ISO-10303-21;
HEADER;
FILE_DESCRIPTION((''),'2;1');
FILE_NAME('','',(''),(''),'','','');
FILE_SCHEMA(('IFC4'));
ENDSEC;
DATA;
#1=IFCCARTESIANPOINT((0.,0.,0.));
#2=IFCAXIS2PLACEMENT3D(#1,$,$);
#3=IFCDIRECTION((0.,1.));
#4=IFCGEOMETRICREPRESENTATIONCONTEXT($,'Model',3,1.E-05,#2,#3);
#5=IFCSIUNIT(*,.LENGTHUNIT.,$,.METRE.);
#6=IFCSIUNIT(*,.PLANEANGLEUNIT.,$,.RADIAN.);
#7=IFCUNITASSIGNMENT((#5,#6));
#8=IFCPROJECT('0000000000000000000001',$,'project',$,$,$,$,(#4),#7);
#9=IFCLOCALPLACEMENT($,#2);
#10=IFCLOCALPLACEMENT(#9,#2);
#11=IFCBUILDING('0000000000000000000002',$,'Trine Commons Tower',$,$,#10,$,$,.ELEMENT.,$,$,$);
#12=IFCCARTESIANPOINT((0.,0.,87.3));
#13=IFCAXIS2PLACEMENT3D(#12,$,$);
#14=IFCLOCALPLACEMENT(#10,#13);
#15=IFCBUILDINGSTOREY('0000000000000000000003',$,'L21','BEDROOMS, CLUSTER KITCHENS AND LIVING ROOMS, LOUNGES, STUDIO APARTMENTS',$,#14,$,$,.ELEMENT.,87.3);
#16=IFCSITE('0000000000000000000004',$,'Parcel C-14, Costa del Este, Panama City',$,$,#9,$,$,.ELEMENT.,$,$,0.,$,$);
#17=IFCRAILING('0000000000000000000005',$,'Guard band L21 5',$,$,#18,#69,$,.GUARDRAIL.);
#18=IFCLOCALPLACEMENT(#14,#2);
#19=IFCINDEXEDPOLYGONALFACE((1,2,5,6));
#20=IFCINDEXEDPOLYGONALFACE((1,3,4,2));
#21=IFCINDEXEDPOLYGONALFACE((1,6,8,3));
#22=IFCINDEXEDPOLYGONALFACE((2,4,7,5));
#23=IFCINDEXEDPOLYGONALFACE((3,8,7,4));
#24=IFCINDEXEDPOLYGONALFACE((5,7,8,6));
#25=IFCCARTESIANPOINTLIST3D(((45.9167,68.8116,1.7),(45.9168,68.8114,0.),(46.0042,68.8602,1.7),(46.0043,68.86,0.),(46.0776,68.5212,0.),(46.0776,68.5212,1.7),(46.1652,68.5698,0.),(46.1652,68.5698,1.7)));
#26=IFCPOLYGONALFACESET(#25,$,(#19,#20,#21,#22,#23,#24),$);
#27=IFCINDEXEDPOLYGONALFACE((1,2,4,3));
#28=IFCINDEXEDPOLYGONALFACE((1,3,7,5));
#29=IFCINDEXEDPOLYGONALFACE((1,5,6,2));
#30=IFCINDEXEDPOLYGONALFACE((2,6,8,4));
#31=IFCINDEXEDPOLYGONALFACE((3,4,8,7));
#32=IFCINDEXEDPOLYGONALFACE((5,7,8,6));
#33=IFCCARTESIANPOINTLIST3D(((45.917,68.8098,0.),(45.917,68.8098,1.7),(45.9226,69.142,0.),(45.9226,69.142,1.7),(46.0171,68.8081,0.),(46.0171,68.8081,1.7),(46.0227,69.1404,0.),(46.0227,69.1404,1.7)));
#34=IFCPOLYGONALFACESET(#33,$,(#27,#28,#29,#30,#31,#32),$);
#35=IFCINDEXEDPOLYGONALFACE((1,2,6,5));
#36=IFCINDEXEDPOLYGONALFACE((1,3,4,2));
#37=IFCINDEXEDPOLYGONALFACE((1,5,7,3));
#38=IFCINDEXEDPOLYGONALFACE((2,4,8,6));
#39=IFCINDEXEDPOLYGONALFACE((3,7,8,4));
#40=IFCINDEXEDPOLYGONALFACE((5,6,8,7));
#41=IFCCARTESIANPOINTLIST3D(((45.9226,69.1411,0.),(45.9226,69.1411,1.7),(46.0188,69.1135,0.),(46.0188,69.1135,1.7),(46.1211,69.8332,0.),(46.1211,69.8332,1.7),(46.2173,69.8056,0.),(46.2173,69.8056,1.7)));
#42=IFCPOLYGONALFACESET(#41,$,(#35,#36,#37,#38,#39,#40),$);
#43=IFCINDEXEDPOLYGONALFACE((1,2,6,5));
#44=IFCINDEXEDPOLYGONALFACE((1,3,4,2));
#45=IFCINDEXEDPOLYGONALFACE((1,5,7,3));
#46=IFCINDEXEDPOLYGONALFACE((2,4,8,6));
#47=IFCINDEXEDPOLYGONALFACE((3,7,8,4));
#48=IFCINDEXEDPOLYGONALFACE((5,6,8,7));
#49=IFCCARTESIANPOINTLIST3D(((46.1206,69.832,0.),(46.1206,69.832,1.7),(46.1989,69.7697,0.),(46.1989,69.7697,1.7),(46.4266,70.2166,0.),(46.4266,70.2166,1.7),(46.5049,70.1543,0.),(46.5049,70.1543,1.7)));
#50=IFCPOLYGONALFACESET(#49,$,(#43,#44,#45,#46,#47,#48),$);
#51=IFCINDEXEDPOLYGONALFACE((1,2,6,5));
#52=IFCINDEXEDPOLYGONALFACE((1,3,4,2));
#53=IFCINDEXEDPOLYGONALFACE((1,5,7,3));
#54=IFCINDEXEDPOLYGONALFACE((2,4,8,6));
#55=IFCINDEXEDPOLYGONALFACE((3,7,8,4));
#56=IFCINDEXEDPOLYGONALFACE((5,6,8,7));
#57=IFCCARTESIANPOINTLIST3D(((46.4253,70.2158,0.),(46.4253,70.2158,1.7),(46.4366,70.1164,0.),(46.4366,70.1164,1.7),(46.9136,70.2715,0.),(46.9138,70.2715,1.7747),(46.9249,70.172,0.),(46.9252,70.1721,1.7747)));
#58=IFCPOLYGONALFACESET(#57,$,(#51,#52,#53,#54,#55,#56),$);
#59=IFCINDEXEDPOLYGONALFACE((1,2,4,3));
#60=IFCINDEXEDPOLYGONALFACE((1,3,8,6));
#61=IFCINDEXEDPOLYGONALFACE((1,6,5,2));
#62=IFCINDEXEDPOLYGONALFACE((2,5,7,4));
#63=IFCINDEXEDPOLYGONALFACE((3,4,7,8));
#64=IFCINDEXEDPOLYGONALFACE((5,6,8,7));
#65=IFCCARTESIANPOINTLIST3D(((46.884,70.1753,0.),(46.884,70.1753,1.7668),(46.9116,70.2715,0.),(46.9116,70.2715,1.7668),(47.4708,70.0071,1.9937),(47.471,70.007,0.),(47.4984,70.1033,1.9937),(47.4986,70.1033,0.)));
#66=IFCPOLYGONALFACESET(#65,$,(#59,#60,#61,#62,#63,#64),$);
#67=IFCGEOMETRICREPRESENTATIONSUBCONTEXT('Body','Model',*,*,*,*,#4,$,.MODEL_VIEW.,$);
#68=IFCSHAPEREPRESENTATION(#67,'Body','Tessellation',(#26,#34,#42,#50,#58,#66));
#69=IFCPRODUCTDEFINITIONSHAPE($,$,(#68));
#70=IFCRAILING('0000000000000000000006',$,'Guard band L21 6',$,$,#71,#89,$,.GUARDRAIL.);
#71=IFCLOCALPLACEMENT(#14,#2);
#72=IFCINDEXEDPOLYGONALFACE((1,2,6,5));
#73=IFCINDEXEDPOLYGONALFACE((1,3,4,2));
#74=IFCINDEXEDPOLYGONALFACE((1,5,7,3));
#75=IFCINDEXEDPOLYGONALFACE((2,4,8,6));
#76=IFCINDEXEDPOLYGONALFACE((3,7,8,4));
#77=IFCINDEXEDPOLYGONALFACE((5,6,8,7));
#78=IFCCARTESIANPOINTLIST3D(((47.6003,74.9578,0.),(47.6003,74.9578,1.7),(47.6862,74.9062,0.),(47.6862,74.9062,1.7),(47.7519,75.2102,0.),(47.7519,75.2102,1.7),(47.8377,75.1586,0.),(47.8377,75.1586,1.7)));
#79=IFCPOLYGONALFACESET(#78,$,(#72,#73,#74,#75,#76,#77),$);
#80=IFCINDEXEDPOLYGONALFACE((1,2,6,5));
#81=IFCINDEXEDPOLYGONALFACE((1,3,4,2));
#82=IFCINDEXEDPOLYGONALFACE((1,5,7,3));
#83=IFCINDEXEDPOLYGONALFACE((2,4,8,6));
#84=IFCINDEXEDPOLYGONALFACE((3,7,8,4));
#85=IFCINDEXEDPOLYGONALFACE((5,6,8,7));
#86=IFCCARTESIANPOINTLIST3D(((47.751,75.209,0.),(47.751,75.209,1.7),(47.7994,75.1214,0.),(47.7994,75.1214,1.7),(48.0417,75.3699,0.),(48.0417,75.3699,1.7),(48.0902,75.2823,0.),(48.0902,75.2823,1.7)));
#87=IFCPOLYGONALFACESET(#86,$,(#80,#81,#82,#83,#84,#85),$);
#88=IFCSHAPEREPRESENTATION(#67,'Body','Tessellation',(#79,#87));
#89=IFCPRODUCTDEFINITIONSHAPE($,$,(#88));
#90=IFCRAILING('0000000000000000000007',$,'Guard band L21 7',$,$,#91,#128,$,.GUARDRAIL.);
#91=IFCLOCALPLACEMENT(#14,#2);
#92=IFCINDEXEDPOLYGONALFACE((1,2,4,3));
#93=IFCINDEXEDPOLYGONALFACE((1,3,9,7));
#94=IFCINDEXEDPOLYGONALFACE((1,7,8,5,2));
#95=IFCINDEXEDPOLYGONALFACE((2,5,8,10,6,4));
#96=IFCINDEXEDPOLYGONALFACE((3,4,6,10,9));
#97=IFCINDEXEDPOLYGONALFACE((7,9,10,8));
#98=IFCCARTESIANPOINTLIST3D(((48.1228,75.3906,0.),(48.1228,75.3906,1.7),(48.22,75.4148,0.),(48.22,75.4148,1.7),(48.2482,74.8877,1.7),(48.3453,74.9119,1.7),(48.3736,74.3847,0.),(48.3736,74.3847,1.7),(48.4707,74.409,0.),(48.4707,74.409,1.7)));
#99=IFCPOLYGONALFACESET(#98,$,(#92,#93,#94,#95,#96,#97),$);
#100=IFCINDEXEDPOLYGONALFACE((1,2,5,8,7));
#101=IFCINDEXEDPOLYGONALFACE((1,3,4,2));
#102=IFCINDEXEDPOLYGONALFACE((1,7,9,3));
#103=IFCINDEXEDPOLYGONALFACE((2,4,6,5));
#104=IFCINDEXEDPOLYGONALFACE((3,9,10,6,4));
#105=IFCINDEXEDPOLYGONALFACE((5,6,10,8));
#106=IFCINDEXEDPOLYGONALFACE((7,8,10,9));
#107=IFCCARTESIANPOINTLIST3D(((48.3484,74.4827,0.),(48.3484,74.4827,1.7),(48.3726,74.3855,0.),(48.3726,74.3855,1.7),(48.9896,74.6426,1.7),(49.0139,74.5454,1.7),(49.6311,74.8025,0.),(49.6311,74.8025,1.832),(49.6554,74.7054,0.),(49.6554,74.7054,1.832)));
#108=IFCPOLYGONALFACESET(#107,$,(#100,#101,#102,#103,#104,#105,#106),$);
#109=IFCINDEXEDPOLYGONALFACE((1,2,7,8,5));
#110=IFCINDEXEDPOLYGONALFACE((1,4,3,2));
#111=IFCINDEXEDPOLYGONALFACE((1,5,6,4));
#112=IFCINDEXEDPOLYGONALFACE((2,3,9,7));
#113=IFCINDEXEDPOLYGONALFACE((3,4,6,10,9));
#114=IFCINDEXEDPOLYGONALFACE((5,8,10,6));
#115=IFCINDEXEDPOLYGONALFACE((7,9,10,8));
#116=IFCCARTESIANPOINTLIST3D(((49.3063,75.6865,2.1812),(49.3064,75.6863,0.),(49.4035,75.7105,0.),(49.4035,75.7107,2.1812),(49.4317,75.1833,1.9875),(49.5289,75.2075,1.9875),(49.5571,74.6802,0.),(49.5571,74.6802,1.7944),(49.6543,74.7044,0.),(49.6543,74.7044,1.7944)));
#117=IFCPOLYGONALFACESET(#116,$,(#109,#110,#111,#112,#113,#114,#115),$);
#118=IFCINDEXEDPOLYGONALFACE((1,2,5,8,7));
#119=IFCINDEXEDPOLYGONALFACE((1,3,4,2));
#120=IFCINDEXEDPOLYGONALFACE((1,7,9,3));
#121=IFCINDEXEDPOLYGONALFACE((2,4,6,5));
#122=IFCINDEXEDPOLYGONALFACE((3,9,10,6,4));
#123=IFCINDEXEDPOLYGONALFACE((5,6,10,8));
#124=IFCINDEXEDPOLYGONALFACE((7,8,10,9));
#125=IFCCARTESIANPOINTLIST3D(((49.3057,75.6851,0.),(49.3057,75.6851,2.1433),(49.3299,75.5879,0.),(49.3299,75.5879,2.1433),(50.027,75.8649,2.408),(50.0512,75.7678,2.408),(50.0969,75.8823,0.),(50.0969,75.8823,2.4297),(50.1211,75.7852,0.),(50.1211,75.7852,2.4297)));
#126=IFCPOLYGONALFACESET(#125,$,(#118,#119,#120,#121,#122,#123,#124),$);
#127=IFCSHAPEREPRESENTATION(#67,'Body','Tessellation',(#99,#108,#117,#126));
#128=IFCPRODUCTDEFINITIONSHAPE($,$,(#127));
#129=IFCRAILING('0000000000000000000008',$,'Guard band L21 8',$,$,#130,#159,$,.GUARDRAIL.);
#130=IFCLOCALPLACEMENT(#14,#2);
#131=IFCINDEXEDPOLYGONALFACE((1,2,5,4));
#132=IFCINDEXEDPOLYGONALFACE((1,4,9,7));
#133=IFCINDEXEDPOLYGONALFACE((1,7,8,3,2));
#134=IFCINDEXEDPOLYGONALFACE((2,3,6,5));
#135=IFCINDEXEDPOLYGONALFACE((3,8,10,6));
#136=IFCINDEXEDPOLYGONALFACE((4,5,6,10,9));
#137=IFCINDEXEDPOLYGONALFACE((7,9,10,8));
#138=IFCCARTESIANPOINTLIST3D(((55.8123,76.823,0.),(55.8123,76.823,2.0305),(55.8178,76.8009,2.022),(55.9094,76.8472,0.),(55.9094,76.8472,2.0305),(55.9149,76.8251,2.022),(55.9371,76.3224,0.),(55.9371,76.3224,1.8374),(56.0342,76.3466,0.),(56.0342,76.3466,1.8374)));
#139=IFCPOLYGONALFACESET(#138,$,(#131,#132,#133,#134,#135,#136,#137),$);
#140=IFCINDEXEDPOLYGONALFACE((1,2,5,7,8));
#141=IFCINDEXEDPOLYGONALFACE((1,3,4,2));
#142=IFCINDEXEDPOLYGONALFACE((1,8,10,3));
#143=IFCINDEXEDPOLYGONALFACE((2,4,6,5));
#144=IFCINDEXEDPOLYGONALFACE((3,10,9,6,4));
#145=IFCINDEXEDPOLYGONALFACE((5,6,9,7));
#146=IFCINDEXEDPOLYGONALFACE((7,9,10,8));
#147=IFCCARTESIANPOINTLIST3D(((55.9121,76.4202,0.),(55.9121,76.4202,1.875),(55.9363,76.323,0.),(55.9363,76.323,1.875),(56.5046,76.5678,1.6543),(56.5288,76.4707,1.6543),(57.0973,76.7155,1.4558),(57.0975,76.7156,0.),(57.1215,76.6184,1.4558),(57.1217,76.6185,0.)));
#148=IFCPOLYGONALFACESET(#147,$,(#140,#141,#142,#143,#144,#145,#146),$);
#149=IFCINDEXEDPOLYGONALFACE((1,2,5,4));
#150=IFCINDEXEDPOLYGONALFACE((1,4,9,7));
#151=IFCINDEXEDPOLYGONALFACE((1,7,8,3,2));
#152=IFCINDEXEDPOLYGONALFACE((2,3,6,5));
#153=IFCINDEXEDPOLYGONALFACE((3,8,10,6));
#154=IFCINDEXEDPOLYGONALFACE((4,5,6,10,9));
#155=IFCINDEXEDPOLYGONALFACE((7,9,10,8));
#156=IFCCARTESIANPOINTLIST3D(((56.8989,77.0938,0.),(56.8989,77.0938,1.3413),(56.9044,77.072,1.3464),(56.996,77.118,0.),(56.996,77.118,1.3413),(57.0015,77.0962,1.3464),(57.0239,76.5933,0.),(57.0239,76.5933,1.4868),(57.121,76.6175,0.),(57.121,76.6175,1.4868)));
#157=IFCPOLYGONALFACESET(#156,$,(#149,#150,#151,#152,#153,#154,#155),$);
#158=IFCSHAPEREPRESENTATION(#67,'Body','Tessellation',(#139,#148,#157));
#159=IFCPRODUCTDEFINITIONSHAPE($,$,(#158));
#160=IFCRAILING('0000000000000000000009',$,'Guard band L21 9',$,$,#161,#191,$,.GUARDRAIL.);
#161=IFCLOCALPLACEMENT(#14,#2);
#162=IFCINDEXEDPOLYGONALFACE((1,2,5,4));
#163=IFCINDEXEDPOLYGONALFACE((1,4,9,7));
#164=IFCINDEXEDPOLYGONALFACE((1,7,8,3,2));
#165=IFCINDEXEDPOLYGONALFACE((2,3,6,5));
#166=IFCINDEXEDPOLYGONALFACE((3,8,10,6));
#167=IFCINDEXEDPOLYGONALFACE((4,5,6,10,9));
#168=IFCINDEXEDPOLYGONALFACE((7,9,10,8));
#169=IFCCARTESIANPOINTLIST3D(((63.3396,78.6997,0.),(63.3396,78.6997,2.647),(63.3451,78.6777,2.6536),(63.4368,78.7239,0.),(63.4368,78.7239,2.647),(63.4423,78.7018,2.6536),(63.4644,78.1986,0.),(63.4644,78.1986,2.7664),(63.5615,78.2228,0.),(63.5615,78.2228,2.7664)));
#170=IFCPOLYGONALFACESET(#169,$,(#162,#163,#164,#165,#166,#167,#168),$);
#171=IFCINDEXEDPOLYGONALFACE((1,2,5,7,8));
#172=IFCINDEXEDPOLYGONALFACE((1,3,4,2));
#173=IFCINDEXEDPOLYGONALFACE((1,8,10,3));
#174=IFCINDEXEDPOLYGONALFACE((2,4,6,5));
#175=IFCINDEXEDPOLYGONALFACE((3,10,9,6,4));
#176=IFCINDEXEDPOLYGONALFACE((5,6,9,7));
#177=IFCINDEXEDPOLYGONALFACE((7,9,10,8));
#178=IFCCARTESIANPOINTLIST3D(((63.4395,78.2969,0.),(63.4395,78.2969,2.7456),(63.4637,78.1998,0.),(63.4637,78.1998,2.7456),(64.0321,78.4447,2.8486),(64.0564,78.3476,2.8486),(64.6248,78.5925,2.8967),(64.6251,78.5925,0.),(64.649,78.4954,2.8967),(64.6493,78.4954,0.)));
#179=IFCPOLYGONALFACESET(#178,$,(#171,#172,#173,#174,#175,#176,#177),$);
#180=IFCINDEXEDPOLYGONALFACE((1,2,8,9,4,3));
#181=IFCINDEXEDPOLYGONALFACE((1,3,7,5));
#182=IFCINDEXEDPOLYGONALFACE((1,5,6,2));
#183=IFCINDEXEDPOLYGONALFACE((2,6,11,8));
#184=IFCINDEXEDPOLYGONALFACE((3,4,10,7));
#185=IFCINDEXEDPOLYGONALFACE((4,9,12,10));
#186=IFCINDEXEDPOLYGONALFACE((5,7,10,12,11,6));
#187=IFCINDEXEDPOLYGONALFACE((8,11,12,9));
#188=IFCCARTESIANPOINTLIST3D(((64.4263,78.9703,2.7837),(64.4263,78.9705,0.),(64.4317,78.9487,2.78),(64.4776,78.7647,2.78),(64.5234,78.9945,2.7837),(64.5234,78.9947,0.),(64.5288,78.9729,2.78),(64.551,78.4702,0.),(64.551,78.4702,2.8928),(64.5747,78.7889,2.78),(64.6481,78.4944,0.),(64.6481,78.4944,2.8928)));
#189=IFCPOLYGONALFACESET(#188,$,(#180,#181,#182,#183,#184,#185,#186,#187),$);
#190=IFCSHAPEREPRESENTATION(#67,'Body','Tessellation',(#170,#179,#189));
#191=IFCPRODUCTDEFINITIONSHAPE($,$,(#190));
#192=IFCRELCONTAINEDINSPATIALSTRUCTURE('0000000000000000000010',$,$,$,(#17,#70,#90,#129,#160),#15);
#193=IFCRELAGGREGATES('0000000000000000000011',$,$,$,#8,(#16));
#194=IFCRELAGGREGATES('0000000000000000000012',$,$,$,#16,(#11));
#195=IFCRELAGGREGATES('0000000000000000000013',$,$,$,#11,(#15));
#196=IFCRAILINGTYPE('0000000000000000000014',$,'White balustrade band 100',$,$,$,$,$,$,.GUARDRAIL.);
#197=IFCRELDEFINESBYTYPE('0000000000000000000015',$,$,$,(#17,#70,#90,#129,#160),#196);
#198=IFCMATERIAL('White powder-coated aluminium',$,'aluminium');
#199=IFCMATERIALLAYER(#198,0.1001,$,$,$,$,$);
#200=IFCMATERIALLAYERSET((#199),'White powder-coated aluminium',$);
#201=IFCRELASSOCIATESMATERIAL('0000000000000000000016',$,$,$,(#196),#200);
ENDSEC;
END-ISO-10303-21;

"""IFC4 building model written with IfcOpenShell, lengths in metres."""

from ifc_helpers import new_model, si_unit, direction, frame, origin, place, context, subcontext, project, spatial, polyline, outline, extrude, material, layer, layer_set, type_object, element, save


model = new_model("IFC4")

# Units and contexts
model_context = context("Model", 3, precision=1e-05, world=origin(), true_north=direction((0.0, 1.0)))
body_context = subcontext(model_context, "Body", "Model", "MODEL_VIEW")
ifc_project = project(units=[si_unit("LENGTHUNIT", "METRE"), si_unit("PLANEANGLEUNIT", "RADIAN")], contexts=[model_context])

# Site, building, storey
site_placement = place(None, origin())
site = spatial("IfcSite", under=ifc_project, at=site_placement, Name="Parcel C-14, Costa del Este, Panama City", CompositionType="ELEMENT", RefElevation=0.0)
building_placement = place(site_placement, origin())
building = spatial("IfcBuilding", under=site, at=building_placement, Name="Trine Commons Tower", CompositionType="ELEMENT")
storey_placement = place(building_placement, frame((0.0, 0.0, 87.3)))
storey = spatial("IfcBuildingStorey", under=building, at=storey_placement, Name="L21", Description="BEDROOMS, CLUSTER KITCHENS AND LIVING ROOMS, LOUNGES, STUDIO APARTMENTS", CompositionType="ELEMENT", Elevation=87.3)

# Railings
ifc_material_1 = material(Name="White powder-coated aluminium", Category="aluminium")
ifc_layer_1 = layer(ifc_material_1, 0.1001)
ifc_layer_set_1 = layer_set([ifc_layer_1], Name="White powder-coated aluminium")
railing_type = type_object("IfcRailingType", Name="White balustrade band 100", PredefinedType="GUARDRAIL", material=ifc_layer_set_1)
railing_1_placement = place(storey_placement, origin())
element("IfcRailing", 1, at=railing_1_placement, inside=storey, type_object=railing_type, Name="Guard band L21 5", PredefinedType="GUARDRAIL", context=body_context, shape_type="SweptSolid", body=[
    extrude(outline(polyline([(0.0, 0.0), (0.3318, 0.0), (0.332, 1.7), (0.0, 1.7), (0.0, 0.0)])), frame((46.0776, 68.5212, 0.0), z_axis=(0.874643, 0.484768, 0.0), x_axis=(-0.484768, 0.874643, 0.0)), (0.0, 0.0, 1.0), 0.1001),
    extrude(outline(polyline([(0.0, 0.0), (0.3323, 0.0), (0.3323, 1.7), (0.0, 1.7), (0.0, 0.0)])), frame((45.917, 68.8098, 0.0), z_axis=(0.999857, -0.016897, 0.0), x_axis=(0.016897, 0.999857, 0.0)), (0.0, 0.0, 1.0), 0.1001),
    extrude(outline(polyline([(0.0, 0.0), (0.72, 0.0), (0.72, 1.7), (0.0, 1.7), (0.0, 0.0)])), frame((45.9226, 69.1411, 0.0), z_axis=(0.961255, -0.275661, 0.0), x_axis=(0.275661, 0.961255, 0.0)), (0.0, 0.0, 1.0), 0.1001),
    extrude(outline(polyline([(0.0, 0.0), (0.4915, 0.0), (0.4915, 1.7), (0.0, 1.7), (0.0, 0.0)])), frame((46.1206, 69.832, 0.0), z_axis=(0.782563, -0.622572, 0.0), x_axis=(0.622572, 0.782563, 0.0)), (0.0, 0.0, 1.0), 0.1001),
    extrude(outline(polyline([(0.0, 0.0), (0.4915, 0.0), (0.4917, 1.7747), (0.0, 1.7), (0.0, 0.0)])), frame((46.4253, 70.2158, 0.0), z_axis=(0.113266, -0.993565, 0.0), x_axis=(0.993565, 0.113266, 0.0)), (0.0, 0.0, 1.0), 0.1001),
    extrude(outline(polyline([(0.0, 0.0), (0.6106, 0.0), (0.6104, 1.9937), (0.0, 1.7668), (0.0, 0.0)])), frame((46.9116, 70.2715, 0.0), z_axis=(-0.275513, -0.961297, 0.0), x_axis=(0.961297, -0.275513, 0.0)), (0.0, 0.0, 1.0), 0.1001),
])
railing_2_placement = place(storey_placement, origin())
element("IfcRailing", 2, at=railing_2_placement, inside=storey, type_object=railing_type, Name="Guard band L21 6", PredefinedType="GUARDRAIL", context=body_context, shape_type="SweptSolid", body=[
    extrude(outline(polyline([(0.0, 0.0), (0.2944, 0.0), (0.2944, 1.7), (0.0, 1.7), (0.0, 0.0)])), frame((47.6003, 74.9578, 0.0), z_axis=(0.857273, -0.514861, 0.0), x_axis=(0.514861, 0.857273, 0.0)), (0.0, 0.0, 1.0), 0.1001),
    extrude(outline(polyline([(0.0, 0.0), (0.3323, 0.0), (0.3323, 1.7), (0.0, 1.7), (0.0, 0.0)])), frame((47.751, 75.209, 0.0), z_axis=(0.484145, -0.874988, 0.0), x_axis=(0.874988, 0.484145, 0.0)), (0.0, 0.0, 1.0), 0.1001),
])
railing_3_placement = place(storey_placement, origin())
element("IfcRailing", 3, at=railing_3_placement, inside=storey, type_object=railing_type, Name="Guard band L21 7", PredefinedType="GUARDRAIL", context=body_context, shape_type="SweptSolid", body=[
    extrude(outline(polyline([(0.0, 0.0), (1.0366, 0.0), (1.0366, 1.7), (0.5183, 1.7), (0.0, 1.7), (0.0, 0.0)])), frame((48.22, 75.4148, 0.0), z_axis=(-0.970309, -0.241871, 0.0), x_axis=(0.241871, -0.970309, 0.0)), (0.0, 0.0, 1.0), 0.1001),
    extrude(outline(polyline([(0.0, 0.0), (1.322, 0.0), (1.322, 1.832), (0.6609, 1.7), (0.0, 1.7), (0.0, 0.0)])), frame((48.3484, 74.4827, 0.0), z_axis=(0.241927, -0.970294, 0.0), x_axis=(0.970294, 0.241927, 0.0)), (0.0, 0.0, 1.0), 0.1001),
    extrude(outline(polyline([(0.0, 0.0), (1.0369, 0.0), (1.0371, 2.1812), (0.5186, 1.9875), (0.0, 1.7944), (0.0, 0.0)])), frame((49.5571, 74.6802, 0.0), z_axis=(0.970322, 0.241815, 0.0), x_axis=(-0.241815, 0.970322, 0.0)), (0.0, 0.0, 1.0), 0.1001),
    extrude(outline(polyline([(0.0, 0.0), (0.8154, 0.0), (0.8154, 2.4297), (0.7434, 2.408), (0.0, 2.1433), (0.0, 0.0)])), frame((49.3057, 75.6851, 0.0), z_axis=(0.241902, -0.970301, 0.0), x_axis=(0.970301, 0.241902, 0.0)), (0.0, 0.0, 1.0), 0.1001),
])
railing_4_placement = place(storey_placement, origin())
element("IfcRailing", 4, at=railing_4_placement, inside=storey, type_object=railing_type, Name="Guard band L21 8", PredefinedType="GUARDRAIL", context=body_context, shape_type="SweptSolid", body=[
    extrude(outline(polyline([(0.0, 0.0), (0.5159, 0.0), (0.5159, 1.8374), (0.0227, 2.022), (0.0, 2.0305), (0.0, 0.0)])), frame((55.9094, 76.8472, 0.0), z_axis=(-0.970309, -0.241867, 0.0), x_axis=(0.241867, -0.970309, 0.0)), (0.0, 0.0, 1.0), 0.1001),
    extrude(outline(polyline([(0.0, 0.0), (1.2217, 0.0), (1.2214, 1.4558), (0.6106, 1.6543), (0.0, 1.875), (0.0, 0.0)])), frame((55.9121, 76.4202, 0.0), z_axis=(0.24183, -0.970319, 0.0), x_axis=(0.970319, 0.24183, 0.0)), (0.0, 0.0, 1.0), 0.1001),
    extrude(outline(polyline([(0.0, 0.0), (0.5159, 0.0), (0.5159, 1.3413), (0.4934, 1.3464), (0.0, 1.4868), (0.0, 0.0)])), frame((57.0239, 76.5933, 0.0), z_axis=(0.970198, 0.242313, 0.0), x_axis=(-0.242313, 0.970198, 0.0)), (0.0, 0.0, 1.0), 0.1001),
])
railing_5_placement = place(storey_placement, origin())
element("IfcRailing", 5, at=railing_5_placement, inside=storey, type_object=railing_type, Name="Guard band L21 9", PredefinedType="GUARDRAIL", context=body_context, shape_type="SweptSolid", body=[
    extrude(outline(polyline([(0.0, 0.0), (0.5164, 0.0), (0.5164, 2.7664), (0.0227, 2.6536), (0.0, 2.647), (0.0, 0.0)])), frame((63.4368, 78.7239, 0.0), z_axis=(-0.970365, -0.241645, 0.0), x_axis=(0.241645, -0.970365, 0.0)), (0.0, 0.0, 1.0), 0.1001),
    extrude(outline(polyline([(0.0, 0.0), (1.2219, 0.0), (1.2217, 2.8967), (0.6108, 2.8486), (0.0, 2.7456), (0.0, 0.0)])), frame((63.4395, 78.2969, 0.0), z_axis=(0.241971, -0.970283, 0.0), x_axis=(0.970283, 0.241971, 0.0)), (0.0, 0.0, 1.0), 0.1001),
    extrude(outline(polyline([(0.0, 0.0), (0.5156, 0.0), (0.5154, 2.7837), (0.4932, 2.78), (0.3035, 2.78), (0.0, 2.8928), (0.0, 0.0)])), frame((64.551, 78.4702, 0.0), z_axis=(0.970282, 0.241978, 0.0), x_axis=(-0.241978, 0.970282, 0.0)), (0.0, 0.0, 1.0), 0.1001),
])

save(model, "model.ifc")
